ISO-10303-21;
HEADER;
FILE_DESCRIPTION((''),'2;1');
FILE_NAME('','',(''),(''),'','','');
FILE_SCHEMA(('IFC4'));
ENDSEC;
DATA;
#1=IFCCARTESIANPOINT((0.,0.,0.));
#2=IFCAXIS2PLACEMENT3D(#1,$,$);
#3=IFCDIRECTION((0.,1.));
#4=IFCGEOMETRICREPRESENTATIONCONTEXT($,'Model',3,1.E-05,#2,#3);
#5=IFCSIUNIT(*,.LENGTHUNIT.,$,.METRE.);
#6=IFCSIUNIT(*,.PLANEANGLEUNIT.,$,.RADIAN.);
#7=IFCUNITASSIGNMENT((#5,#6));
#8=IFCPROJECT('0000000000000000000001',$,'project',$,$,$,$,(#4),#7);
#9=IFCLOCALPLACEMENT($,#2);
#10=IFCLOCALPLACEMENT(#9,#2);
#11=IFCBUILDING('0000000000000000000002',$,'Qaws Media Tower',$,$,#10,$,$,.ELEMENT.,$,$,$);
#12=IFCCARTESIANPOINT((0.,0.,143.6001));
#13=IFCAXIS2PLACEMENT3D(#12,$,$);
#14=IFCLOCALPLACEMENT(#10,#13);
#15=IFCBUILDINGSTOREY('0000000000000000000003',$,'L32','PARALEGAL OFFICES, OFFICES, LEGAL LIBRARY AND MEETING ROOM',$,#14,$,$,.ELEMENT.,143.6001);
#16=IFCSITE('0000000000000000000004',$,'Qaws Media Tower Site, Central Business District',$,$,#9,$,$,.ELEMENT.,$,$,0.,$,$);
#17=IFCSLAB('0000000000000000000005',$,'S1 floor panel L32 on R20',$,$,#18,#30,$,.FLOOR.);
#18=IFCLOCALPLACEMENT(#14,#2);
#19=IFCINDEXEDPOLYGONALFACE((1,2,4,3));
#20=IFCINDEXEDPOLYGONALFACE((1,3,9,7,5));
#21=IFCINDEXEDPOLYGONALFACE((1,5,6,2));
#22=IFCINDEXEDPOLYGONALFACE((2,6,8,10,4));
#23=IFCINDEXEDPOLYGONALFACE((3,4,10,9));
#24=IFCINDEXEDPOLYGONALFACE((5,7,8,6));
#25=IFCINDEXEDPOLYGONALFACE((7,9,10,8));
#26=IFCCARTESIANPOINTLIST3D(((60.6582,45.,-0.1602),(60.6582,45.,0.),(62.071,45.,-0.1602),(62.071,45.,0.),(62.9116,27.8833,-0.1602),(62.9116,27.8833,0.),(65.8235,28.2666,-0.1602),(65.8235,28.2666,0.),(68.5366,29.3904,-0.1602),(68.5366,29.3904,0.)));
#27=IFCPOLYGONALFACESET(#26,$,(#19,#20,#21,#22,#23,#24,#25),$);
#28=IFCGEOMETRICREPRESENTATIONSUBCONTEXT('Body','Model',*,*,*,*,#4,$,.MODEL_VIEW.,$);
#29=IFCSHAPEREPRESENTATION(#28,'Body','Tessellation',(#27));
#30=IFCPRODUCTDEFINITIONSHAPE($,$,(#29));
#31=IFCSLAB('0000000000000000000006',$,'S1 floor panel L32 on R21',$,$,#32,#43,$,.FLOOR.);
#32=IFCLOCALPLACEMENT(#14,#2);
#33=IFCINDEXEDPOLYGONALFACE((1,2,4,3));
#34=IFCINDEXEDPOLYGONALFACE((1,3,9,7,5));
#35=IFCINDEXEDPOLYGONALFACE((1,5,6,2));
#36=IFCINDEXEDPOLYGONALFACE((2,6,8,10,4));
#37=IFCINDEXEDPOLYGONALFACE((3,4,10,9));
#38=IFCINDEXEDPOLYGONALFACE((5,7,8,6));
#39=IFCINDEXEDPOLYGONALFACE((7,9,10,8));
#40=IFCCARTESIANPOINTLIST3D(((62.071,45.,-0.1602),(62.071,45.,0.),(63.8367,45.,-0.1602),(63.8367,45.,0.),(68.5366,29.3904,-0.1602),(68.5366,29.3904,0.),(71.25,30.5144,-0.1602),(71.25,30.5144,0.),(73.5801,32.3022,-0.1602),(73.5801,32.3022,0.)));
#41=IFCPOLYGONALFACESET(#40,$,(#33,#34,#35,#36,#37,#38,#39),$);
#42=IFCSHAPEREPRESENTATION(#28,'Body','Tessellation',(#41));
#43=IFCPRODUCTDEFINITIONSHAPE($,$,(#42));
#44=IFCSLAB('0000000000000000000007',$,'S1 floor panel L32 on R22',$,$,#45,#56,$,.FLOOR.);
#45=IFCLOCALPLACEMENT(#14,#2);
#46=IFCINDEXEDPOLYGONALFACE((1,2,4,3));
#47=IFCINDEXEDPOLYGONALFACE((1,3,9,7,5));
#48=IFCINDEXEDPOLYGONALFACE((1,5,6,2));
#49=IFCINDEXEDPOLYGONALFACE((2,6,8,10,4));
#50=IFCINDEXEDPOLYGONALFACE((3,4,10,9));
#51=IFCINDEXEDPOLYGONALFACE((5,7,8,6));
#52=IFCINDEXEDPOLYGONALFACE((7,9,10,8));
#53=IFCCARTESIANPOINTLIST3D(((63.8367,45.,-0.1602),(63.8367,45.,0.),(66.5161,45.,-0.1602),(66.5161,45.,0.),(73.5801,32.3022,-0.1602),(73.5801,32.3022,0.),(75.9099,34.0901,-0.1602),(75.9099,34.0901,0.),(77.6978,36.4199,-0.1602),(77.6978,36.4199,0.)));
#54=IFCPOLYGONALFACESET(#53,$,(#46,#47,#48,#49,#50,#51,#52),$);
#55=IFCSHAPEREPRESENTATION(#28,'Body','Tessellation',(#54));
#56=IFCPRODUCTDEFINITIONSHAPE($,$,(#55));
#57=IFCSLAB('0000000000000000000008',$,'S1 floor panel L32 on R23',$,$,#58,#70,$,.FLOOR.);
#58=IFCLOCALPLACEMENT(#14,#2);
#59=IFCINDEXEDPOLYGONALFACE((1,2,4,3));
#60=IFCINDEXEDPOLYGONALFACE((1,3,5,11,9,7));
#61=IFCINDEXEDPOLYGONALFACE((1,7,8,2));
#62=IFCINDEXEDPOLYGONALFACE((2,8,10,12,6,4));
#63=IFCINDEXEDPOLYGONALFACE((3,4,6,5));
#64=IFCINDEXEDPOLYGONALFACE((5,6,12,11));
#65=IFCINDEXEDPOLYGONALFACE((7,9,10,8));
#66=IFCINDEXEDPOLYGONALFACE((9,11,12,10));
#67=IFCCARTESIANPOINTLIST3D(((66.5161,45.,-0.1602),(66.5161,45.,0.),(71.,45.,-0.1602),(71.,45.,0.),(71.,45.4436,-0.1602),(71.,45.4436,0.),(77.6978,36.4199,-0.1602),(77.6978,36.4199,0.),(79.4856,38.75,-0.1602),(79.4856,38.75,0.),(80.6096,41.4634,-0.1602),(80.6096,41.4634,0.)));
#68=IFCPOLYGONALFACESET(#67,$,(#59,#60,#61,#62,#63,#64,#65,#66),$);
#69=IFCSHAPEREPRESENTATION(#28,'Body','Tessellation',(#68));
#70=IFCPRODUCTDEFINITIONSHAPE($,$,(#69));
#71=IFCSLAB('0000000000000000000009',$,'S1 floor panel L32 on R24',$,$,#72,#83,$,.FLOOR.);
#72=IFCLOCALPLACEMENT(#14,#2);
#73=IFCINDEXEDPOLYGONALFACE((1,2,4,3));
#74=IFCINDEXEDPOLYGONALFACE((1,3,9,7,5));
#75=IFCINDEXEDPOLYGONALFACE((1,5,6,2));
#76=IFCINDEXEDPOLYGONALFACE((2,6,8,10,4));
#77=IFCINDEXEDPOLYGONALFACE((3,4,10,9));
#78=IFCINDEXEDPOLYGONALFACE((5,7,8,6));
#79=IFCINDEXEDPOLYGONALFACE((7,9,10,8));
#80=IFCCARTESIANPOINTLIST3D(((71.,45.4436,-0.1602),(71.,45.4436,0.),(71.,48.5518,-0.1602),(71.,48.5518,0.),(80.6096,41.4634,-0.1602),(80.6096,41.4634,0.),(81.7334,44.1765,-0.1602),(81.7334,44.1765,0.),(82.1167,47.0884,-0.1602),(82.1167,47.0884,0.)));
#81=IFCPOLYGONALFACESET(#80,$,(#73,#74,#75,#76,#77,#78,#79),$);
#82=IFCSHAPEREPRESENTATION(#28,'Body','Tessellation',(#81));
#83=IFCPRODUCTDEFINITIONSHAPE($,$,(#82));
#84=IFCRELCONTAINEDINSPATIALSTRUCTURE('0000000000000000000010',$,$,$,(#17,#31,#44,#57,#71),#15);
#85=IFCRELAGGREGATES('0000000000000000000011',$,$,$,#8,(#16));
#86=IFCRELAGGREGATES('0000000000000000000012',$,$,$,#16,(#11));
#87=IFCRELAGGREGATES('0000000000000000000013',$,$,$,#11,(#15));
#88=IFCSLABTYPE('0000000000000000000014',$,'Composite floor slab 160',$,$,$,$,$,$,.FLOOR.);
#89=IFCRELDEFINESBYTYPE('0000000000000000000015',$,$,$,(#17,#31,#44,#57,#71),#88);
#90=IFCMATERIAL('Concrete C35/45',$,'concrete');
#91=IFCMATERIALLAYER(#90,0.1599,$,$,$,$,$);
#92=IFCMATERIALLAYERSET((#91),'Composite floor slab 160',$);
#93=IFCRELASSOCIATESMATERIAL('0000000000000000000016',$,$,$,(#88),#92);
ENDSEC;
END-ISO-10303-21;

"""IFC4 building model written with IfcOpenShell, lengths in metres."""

from ifc_helpers import new_model, si_unit, direction, frame, origin, place, context, subcontext, project, spatial, polyline, outline, extrude, material, layer, layer_set, type_object, element, save


model = new_model("IFC4")

# Units and contexts
model_context = context("Model", 3, precision=1e-05, world=origin(), true_north=direction((0.0, 1.0)))
body_context = subcontext(model_context, "Body", "Model", "MODEL_VIEW")
ifc_project = project(units=[si_unit("LENGTHUNIT", "METRE"), si_unit("PLANEANGLEUNIT", "RADIAN")], contexts=[model_context])

# Site, building, storey
site_placement = place(None, origin())
site = spatial("IfcSite", under=ifc_project, at=site_placement, Name="Qaws Media Tower Site, Central Business District", CompositionType="ELEMENT", RefElevation=0.0)
building_placement = place(site_placement, origin())
building = spatial("IfcBuilding", under=site, at=building_placement, Name="Qaws Media Tower", CompositionType="ELEMENT")
storey_placement = place(building_placement, frame((0.0, 0.0, 143.6001)))
storey = spatial("IfcBuildingStorey", under=building, at=storey_placement, Name="L32", Description="PARALEGAL OFFICES, OFFICES, LEGAL LIBRARY AND MEETING ROOM", CompositionType="ELEMENT", Elevation=143.6001)

# Slabs
ifc_material_1 = material(Name="Concrete C35/45", Category="concrete")
ifc_layer_1 = layer(ifc_material_1, 0.1599)
ifc_layer_set_1 = layer_set([ifc_layer_1], Name="Composite floor slab 160")
slab_type_1 = type_object("IfcSlabType", Name="Composite floor slab 160", PredefinedType="FLOOR", material=ifc_layer_set_1)
slab_1_placement = place(storey_placement, frame((0.0, 0.0, -0.1602)))
element("IfcSlab", 1, at=slab_1_placement, inside=storey, type_object=slab_type_1, Name="S1 floor panel L32 on R20", PredefinedType="FLOOR", context=body_context, shape_type="SweptSolid", body=[
    extrude(outline(polyline([(65.8235, 28.2666), (62.9116, 27.8833), (60.6582, 45.0), (62.071, 45.0), (68.5366, 29.3904), (65.8235, 28.2666)])), origin(), (0.0, 0.0, 1.0), 0.1602),
])
slab_2_placement = place(storey_placement, frame((0.0, 0.0, -0.1602)))
element("IfcSlab", 2, at=slab_2_placement, inside=storey, type_object=slab_type_1, Name="S1 floor panel L32 on R21", PredefinedType="FLOOR", context=body_context, shape_type="SweptSolid", body=[
    extrude(outline(polyline([(71.25, 30.5144), (68.5366, 29.3904), (62.071, 45.0), (63.8367, 45.0), (73.5801, 32.3022), (71.25, 30.5144)])), origin(), (0.0, 0.0, 1.0), 0.1602),
])
slab_3_placement = place(storey_placement, frame((0.0, 0.0, -0.1602)))
element("IfcSlab", 3, at=slab_3_placement, inside=storey, type_object=slab_type_1, Name="S1 floor panel L32 on R22", PredefinedType="FLOOR", context=body_context, shape_type="SweptSolid", body=[
    extrude(outline(polyline([(75.9099, 34.0901), (73.5801, 32.3022), (63.8367, 45.0), (66.5161, 45.0), (77.6978, 36.4199), (75.9099, 34.0901)])), origin(), (0.0, 0.0, 1.0), 0.1602),
])
slab_4_placement = place(storey_placement, frame((0.0, 0.0, -0.1602)))
element("IfcSlab", 4, at=slab_4_placement, inside=storey, type_object=slab_type_1, Name="S1 floor panel L32 on R23", PredefinedType="FLOOR", context=body_context, shape_type="SweptSolid", body=[
    extrude(outline(polyline([(79.4856, 38.75), (77.6978, 36.4199), (66.5161, 45.0), (71.0, 45.0), (71.0, 45.4436), (80.6096, 41.4634), (79.4856, 38.75)])), origin(), (0.0, 0.0, 1.0), 0.1602),
])
slab_5_placement = place(storey_placement, frame((0.0, 0.0, -0.1602)))
element("IfcSlab", 5, at=slab_5_placement, inside=storey, type_object=slab_type_1, Name="S1 floor panel L32 on R24", PredefinedType="FLOOR", context=body_context, shape_type="SweptSolid", body=[
    extrude(outline(polyline([(80.6096, 41.4634), (71.0, 45.4436), (71.0, 48.5518), (82.1167, 47.0884), (81.7334, 44.1765), (80.6096, 41.4634)])), origin(), (0.0, 0.0, 1.0), 0.1602),
])

save(model, "model.ifc")
